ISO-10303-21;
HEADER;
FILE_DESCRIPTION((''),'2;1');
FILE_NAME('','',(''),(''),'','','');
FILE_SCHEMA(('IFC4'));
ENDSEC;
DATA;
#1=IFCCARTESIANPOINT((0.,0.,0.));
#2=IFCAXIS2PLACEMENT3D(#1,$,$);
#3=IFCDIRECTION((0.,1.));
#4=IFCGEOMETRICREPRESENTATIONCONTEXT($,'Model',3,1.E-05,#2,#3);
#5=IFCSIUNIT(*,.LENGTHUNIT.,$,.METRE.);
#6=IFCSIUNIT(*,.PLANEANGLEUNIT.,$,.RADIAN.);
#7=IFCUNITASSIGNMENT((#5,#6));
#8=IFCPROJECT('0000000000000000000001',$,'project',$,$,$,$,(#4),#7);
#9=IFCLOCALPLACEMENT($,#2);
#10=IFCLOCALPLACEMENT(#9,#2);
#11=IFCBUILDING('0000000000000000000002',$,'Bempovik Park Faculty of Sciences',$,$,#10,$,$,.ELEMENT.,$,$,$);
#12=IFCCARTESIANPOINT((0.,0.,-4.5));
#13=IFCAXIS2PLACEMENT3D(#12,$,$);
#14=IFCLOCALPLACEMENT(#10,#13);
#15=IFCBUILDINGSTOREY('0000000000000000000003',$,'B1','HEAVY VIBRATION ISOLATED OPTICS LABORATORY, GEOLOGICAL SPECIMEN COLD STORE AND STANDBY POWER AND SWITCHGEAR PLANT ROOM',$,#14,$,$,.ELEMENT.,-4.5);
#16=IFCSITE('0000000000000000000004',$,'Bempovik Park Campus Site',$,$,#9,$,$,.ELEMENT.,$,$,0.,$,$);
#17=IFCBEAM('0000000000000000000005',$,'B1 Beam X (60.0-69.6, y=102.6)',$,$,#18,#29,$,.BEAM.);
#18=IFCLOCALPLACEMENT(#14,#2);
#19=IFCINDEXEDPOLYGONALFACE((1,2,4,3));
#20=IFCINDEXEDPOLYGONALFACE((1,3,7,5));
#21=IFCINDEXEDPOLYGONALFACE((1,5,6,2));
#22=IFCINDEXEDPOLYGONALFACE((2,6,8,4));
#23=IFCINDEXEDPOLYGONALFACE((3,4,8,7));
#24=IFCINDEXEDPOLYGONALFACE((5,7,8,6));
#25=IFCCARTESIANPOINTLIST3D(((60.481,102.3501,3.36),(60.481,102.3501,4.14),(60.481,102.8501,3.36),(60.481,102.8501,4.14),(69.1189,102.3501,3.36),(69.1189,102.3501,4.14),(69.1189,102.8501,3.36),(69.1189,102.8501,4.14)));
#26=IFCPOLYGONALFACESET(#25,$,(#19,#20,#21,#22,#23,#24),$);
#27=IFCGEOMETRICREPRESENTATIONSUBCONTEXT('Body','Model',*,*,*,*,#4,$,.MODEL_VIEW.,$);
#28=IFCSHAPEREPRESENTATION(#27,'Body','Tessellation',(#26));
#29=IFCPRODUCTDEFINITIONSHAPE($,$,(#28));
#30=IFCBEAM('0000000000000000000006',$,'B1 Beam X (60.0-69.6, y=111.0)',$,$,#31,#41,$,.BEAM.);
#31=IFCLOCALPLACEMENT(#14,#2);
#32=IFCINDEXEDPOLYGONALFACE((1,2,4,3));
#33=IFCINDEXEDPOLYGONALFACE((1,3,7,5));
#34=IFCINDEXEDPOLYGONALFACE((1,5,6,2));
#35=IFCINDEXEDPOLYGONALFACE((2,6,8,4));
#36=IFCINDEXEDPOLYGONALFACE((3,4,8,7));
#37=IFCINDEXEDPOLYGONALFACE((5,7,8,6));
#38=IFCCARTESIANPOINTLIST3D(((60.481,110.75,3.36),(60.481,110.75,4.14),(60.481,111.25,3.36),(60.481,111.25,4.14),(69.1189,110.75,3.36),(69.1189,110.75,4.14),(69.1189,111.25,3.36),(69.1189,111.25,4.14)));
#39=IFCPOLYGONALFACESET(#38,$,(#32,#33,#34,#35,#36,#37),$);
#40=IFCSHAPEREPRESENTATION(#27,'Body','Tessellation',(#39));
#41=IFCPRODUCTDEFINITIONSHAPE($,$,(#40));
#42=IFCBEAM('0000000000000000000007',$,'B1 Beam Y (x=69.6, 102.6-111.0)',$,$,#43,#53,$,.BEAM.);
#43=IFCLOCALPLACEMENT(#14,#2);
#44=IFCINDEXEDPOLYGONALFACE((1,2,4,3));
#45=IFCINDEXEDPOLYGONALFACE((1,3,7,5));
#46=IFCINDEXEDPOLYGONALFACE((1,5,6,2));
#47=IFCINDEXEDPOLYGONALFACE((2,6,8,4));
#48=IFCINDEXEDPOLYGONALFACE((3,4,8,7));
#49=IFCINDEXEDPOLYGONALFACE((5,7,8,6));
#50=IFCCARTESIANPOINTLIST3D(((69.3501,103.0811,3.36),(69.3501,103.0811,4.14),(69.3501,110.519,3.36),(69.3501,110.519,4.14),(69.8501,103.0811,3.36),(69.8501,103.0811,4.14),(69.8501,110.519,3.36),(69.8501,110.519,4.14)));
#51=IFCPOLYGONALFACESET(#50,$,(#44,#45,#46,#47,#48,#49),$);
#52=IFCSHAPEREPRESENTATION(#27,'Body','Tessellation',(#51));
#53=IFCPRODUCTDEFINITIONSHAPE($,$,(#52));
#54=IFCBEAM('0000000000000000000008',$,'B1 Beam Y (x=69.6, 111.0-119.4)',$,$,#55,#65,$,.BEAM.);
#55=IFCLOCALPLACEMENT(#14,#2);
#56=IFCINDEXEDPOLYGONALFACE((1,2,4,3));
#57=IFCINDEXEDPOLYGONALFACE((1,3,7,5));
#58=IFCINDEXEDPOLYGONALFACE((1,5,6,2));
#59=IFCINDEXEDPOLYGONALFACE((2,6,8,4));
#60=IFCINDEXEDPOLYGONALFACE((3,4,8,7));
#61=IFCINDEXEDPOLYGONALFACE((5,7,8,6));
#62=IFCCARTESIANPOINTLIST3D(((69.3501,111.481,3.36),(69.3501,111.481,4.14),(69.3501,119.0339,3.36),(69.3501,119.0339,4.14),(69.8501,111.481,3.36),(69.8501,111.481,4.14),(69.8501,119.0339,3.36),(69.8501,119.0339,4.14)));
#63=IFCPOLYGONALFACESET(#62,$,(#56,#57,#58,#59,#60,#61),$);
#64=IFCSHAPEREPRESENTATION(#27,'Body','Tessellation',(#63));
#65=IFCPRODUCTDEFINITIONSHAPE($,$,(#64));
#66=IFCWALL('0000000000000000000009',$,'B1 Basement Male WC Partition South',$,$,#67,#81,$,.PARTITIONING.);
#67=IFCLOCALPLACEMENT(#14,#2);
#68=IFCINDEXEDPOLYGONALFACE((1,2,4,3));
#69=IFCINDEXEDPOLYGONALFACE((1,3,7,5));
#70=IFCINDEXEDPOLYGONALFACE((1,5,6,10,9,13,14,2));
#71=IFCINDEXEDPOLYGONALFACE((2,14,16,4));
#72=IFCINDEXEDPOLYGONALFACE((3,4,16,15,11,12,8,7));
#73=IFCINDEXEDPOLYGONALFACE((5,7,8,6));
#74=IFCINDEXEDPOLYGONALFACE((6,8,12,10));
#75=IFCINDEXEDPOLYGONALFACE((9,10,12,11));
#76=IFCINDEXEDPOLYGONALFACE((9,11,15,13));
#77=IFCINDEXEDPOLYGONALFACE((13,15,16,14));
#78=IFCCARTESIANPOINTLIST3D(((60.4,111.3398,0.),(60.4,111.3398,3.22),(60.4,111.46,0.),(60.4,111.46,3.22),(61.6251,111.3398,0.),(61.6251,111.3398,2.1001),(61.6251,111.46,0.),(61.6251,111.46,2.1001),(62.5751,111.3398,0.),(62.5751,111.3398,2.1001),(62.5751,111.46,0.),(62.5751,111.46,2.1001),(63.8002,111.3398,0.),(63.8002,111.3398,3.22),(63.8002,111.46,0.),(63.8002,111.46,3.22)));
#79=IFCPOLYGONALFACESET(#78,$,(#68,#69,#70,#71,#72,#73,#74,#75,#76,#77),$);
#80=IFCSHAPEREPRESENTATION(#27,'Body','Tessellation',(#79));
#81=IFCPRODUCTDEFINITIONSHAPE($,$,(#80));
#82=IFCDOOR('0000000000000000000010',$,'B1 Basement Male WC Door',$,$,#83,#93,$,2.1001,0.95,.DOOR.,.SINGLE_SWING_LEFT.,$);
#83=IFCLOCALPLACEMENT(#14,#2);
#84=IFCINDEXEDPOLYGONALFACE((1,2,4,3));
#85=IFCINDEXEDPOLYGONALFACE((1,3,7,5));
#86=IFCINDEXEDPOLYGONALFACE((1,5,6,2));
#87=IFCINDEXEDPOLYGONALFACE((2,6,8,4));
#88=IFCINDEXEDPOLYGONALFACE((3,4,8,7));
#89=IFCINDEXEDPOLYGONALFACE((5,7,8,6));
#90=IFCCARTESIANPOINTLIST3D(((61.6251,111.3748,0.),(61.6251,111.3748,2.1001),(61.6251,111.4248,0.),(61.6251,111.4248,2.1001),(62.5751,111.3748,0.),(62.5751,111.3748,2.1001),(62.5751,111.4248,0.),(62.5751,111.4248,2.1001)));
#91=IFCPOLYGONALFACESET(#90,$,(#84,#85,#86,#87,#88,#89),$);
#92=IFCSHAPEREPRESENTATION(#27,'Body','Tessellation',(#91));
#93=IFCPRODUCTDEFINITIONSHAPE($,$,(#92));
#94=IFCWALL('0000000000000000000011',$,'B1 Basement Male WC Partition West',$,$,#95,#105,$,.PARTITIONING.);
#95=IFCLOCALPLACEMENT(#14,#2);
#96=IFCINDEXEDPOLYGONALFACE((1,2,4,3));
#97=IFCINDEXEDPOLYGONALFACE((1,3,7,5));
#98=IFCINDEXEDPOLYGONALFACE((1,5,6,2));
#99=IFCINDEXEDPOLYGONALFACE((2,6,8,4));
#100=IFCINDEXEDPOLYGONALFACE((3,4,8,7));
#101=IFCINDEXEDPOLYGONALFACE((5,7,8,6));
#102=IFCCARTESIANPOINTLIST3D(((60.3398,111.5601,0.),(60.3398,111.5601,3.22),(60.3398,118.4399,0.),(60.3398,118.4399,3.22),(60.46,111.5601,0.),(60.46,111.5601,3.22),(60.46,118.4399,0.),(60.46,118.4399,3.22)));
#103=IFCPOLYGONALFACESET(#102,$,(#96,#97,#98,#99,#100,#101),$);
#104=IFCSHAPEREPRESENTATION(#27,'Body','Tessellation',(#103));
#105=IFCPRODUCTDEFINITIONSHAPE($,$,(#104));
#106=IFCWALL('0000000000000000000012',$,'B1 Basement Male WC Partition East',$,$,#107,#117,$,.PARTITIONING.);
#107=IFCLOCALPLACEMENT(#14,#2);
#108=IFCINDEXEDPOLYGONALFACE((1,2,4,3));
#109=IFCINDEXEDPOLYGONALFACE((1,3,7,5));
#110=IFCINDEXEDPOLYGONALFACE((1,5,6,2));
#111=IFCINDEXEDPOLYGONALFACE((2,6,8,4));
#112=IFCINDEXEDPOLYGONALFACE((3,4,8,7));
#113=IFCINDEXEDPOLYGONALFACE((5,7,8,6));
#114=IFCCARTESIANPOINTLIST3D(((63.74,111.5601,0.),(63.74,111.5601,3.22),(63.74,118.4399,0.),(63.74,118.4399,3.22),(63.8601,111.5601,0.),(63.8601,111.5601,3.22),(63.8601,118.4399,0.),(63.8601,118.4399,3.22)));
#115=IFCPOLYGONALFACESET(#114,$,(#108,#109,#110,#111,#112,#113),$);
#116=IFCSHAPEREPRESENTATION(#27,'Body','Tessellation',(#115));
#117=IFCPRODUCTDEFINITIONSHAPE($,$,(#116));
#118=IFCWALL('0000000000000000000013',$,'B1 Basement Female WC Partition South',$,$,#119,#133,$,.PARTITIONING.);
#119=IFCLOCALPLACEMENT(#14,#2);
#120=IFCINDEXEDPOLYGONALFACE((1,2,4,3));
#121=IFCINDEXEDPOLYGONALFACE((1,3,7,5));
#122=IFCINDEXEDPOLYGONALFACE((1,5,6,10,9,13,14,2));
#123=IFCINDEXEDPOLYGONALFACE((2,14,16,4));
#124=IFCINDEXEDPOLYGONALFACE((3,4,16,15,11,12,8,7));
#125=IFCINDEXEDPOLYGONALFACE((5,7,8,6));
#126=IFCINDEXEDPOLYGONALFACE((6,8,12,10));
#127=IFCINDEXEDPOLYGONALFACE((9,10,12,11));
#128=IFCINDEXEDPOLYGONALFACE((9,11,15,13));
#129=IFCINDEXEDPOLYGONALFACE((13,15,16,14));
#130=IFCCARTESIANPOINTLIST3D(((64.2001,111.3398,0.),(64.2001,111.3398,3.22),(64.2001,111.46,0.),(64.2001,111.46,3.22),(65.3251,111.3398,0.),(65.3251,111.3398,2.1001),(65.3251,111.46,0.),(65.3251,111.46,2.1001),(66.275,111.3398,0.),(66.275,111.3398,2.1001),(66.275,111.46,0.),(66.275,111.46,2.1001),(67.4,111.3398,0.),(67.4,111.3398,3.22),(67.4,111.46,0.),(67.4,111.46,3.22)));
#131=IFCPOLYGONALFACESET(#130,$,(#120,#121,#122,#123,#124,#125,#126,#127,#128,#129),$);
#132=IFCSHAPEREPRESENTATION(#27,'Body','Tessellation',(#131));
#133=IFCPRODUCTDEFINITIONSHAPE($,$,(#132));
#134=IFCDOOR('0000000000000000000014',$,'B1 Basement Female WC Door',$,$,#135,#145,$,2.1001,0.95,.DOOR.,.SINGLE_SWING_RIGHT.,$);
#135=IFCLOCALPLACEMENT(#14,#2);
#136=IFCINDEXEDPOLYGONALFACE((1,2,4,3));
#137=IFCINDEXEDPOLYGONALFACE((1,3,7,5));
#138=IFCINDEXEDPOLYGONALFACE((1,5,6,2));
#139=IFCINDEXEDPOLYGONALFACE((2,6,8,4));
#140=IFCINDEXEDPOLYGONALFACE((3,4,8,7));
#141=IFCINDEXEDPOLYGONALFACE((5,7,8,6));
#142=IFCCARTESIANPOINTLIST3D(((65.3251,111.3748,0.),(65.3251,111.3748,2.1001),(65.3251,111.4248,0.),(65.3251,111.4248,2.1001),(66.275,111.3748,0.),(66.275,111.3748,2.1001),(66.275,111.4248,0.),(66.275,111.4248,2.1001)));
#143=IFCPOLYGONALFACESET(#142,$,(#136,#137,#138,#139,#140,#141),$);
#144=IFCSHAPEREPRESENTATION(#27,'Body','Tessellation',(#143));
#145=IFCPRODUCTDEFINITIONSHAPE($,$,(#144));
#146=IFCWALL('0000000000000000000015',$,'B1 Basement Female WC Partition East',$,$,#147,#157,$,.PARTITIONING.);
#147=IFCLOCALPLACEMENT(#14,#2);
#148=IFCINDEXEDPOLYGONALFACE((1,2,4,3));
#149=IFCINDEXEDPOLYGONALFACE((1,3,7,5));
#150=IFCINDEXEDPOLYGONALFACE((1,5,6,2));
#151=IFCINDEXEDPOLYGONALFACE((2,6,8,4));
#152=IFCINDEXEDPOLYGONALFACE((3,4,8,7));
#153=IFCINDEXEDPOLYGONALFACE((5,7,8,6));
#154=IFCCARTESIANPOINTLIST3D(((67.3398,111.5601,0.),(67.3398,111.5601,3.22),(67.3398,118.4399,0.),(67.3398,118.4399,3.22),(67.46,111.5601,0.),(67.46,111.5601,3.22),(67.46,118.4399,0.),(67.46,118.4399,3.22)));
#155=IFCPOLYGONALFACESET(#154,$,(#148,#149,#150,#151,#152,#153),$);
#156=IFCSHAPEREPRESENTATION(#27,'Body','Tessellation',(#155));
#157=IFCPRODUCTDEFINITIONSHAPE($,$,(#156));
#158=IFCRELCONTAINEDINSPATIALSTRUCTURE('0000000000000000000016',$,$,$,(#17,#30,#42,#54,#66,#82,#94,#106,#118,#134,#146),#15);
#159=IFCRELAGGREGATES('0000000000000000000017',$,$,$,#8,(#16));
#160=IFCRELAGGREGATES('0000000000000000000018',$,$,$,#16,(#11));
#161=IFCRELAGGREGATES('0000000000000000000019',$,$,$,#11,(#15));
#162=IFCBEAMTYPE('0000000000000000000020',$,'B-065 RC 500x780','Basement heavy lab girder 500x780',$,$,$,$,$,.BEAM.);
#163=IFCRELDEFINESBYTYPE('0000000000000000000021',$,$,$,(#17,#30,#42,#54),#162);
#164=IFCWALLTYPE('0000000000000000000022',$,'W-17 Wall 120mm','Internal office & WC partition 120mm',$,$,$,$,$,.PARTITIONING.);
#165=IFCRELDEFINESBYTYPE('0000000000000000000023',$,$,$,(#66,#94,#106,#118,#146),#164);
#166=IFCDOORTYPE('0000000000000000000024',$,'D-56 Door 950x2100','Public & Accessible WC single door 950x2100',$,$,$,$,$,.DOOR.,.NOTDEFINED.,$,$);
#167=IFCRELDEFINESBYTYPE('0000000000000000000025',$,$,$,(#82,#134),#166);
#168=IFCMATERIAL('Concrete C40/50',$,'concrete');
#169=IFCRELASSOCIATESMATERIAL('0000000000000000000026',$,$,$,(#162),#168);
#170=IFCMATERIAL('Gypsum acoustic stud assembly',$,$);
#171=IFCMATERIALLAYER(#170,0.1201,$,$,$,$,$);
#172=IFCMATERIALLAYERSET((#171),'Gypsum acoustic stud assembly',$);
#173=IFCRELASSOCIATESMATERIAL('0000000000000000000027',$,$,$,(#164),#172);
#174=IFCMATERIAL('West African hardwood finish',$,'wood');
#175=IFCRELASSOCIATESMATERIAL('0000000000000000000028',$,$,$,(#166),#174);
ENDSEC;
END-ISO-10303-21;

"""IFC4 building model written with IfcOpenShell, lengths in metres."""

from ifc_helpers import new_model, si_unit, direction, frame, frame_2d, origin, origin_2d, place, context, subcontext, project, spatial, rectangle, extrude, material, layer, layer_set, material_profile, profile_set, type_object, element, fill, save


model = new_model("IFC4")

# Units and contexts
model_context = context("Model", 3, precision=1e-05, world=origin(), true_north=direction((0.0, 1.0)))
body_context = subcontext(model_context, "Body", "Model", "MODEL_VIEW")
ifc_project = project(units=[si_unit("LENGTHUNIT", "METRE"), si_unit("PLANEANGLEUNIT", "RADIAN")], contexts=[model_context])

# Site, building, storey
site_placement = place(None, origin())
site = spatial("IfcSite", under=ifc_project, at=site_placement, Name="Bempovik Park Campus Site", CompositionType="ELEMENT", RefElevation=0.0)
building_placement = place(site_placement, origin())
building = spatial("IfcBuilding", under=site, at=building_placement, Name="Bempovik Park Faculty of Sciences", CompositionType="ELEMENT")
storey_placement = place(building_placement, frame((0.0, 0.0, -4.5)))
storey = spatial("IfcBuildingStorey", under=building, at=storey_placement, Name="B1", Description="HEAVY VIBRATION ISOLATED OPTICS LABORATORY, GEOLOGICAL SPECIMEN COLD STORE AND STANDBY POWER AND SWITCHGEAR PLANT ROOM", CompositionType="ELEMENT", Elevation=-4.5)

# Shared definitions
ifc_material_1 = material(Name="Concrete C40/50", Category="concrete")

# Beams
ifc_material_profile_1 = material_profile(ifc_material_1, rectangle(XDim=0.5, YDim=0.78, at=origin_2d()), Name="RC 500x780")
ifc_profile_set_1 = profile_set([ifc_material_profile_1], Name="Concrete C40/50")
beam_type_1 = type_object("IfcBeamType", Name="B-065 RC 500x780", Description="Basement heavy lab girder 500x780", PredefinedType="BEAM", material=ifc_profile_set_1)
for number, where, z_axis, x_axis, name in (
    (1, (60.481, 102.6001, 3.75), (1.0, 0.0, 0.0), (0.0, 1.0, 0.0), "B1 Beam X (60.0-69.6, y=102.6)"),
    (2, (60.481, 111.0, 3.75), (1.0, 0.0, 0.0), (0.0, 1.0, 0.0), "B1 Beam X (60.0-69.6, y=111.0)"),
):
    element("IfcBeam", number, at=place(storey_placement, frame(where, z_axis=z_axis, x_axis=x_axis)), inside=storey, type_object=beam_type_1, Name=name, PredefinedType="BEAM", context=body_context, shape_type="SweptSolid", body=[
        extrude(rectangle(XDim=0.5, YDim=0.78, at=origin_2d()), origin(), (0.0, 0.0, 1.0), 8.6379),
    ])
beam_1_placement = place(storey_placement, frame((69.6001, 103.0811, 3.75), z_axis=(0.0, 1.0, 0.0), x_axis=(-1.0, 0.0, 0.0)))
element("IfcBeam", 3, at=beam_1_placement, inside=storey, type_object=beam_type_1, Name="B1 Beam Y (x=69.6, 102.6-111.0)", PredefinedType="BEAM", context=body_context, shape_type="SweptSolid", body=[
    extrude(rectangle(XDim=0.5, YDim=0.78, at=origin_2d()), origin(), (0.0, 0.0, 1.0), 7.438),
])
beam_2_placement = place(storey_placement, frame((69.6001, 111.481, 3.75), z_axis=(0.0, 1.0, 0.0), x_axis=(-1.0, 0.0, 0.0)))
element("IfcBeam", 4, at=beam_2_placement, inside=storey, type_object=beam_type_1, Name="B1 Beam Y (x=69.6, 111.0-119.4)", PredefinedType="BEAM", context=body_context, shape_type="SweptSolid", body=[
    extrude(rectangle(XDim=0.5, YDim=0.78, at=origin_2d()), origin(), (0.0, 0.0, 1.0), 7.553),
])

# Wall, opening, door
ifc_material_2 = material(Name="Gypsum acoustic stud assembly")
ifc_layer = layer(ifc_material_2, 0.1201)
ifc_layer_set = layer_set([ifc_layer], Name="Gypsum acoustic stud assembly")
wall_type = type_object("IfcWallType", Name="W-17 Wall 120mm", Description="Internal office & WC partition 120mm", PredefinedType="PARTITIONING", material=ifc_layer_set)
wall_1_placement = place(storey_placement, frame((60.3999, 111.3999, 0.0), z_axis=(0.0, 0.0, 1.0), x_axis=(1.0, 0.0, 0.0)))
wall_1 = element("IfcWall", 5, at=wall_1_placement, inside=storey, type_object=wall_type, Name="B1 Basement Male WC Partition South", PredefinedType="PARTITIONING", context=body_context, shape_type="SweptSolid", body=[
    extrude(rectangle(XDim=3.4001, YDim=0.1201, at=frame_2d((1.7002, 0.0))), origin(), (0.0, 0.0, 1.0), 3.22),
])
opening_1_placement = place(wall_1_placement, frame((1.2251, 0.0, 0.0)))
opening_1 = element("IfcOpeningElement", 6, at=opening_1_placement, cuts=wall_1, PredefinedType="OPENING", context=body_context, shape_type="SweptSolid", body=[
    extrude(rectangle(XDim=0.95, YDim=2.1001, at=frame_2d((0.4751, 1.05))), frame((0.0, 0.0701, 0.0), z_axis=(0.0, -1.0, 0.0), x_axis=(1.0, 0.0, 0.0)), (0.0, 0.0, 1.0), 0.1401),
])
ifc_material_3 = material(Name="West African hardwood finish", Category="wood")
door_type_1 = type_object("IfcDoorType", Name="D-56 Door 950x2100", Description="Public & Accessible WC single door 950x2100", OperationType="NOTDEFINED", PredefinedType="DOOR", material=ifc_material_3)
door_1_placement = place(opening_1_placement, origin())
door_1 = element("IfcDoor", 7, at=door_1_placement, inside=storey, type_object=door_type_1, Name="B1 Basement Male WC Door", OperationType="SINGLE_SWING_LEFT", OverallHeight=2.1001, OverallWidth=0.95, PredefinedType="DOOR", context=body_context, shape_type="SweptSolid", body=[
    extrude(rectangle(XDim=0.95, YDim=2.1001, at=frame_2d((0.4751, 1.05))), frame((0.0, 0.0249, 0.0), z_axis=(0.0, -1.0, 0.0), x_axis=(1.0, 0.0, 0.0)), (0.0, 0.0, 1.0), 0.05),
])
fill(opening_1, door_1)

# Walls
for number, where, z_axis, x_axis, name in (
    (8, (60.3999, 111.5601, 0.0), (0.0, 0.0, 1.0), (0.0, 1.0, 0.0), "B1 Basement Male WC Partition West"),
    (9, (63.8, 111.5601, 0.0), (0.0, 0.0, 1.0), (0.0, 1.0, 0.0), "B1 Basement Male WC Partition East"),
):
    element("IfcWall", number, at=place(storey_placement, frame(where, z_axis=z_axis, x_axis=x_axis)), inside=storey, type_object=wall_type, Name=name, PredefinedType="PARTITIONING", context=body_context, shape_type="SweptSolid", body=[
        extrude(rectangle(XDim=6.8799, YDim=0.1201, at=frame_2d((3.4399, 0.0))), origin(), (0.0, 0.0, 1.0), 3.22),
    ])

# Wall, opening, door
wall_2_placement = place(storey_placement, frame((64.2, 111.3999, 0.0), z_axis=(0.0, 0.0, 1.0), x_axis=(1.0, 0.0, 0.0)))
wall_2 = element("IfcWall", 10, at=wall_2_placement, inside=storey, type_object=wall_type, Name="B1 Basement Female WC Partition South", PredefinedType="PARTITIONING", context=body_context, shape_type="SweptSolid", body=[
    extrude(rectangle(XDim=3.2, YDim=0.1201, at=frame_2d((1.6001, 0.0))), origin(), (0.0, 0.0, 1.0), 3.22),
])
opening_2_placement = place(wall_2_placement, frame((1.125, 0.0, 0.0)))
opening_2 = element("IfcOpeningElement", 11, at=opening_2_placement, cuts=wall_2, PredefinedType="OPENING", context=body_context, shape_type="SweptSolid", body=[
    extrude(rectangle(XDim=0.95, YDim=2.1001, at=frame_2d((0.4751, 1.05))), frame((0.0, 0.0701, 0.0), z_axis=(0.0, -1.0, 0.0), x_axis=(1.0, 0.0, 0.0)), (0.0, 0.0, 1.0), 0.1401),
])
door_2_placement = place(opening_2_placement, origin())
door_2 = element("IfcDoor", 12, at=door_2_placement, inside=storey, type_object=door_type_1, Name="B1 Basement Female WC Door", OperationType="SINGLE_SWING_RIGHT", OverallHeight=2.1001, OverallWidth=0.95, PredefinedType="DOOR", context=body_context, shape_type="SweptSolid", body=[
    extrude(rectangle(XDim=0.95, YDim=2.1001, at=frame_2d((0.4751, 1.05))), frame((0.0, 0.0249, 0.0), z_axis=(0.0, -1.0, 0.0), x_axis=(1.0, 0.0, 0.0)), (0.0, 0.0, 1.0), 0.05),
])
fill(opening_2, door_2)

# Wall
wall_3_placement = place(storey_placement, frame((67.3999, 111.5601, 0.0), z_axis=(0.0, 0.0, 1.0), x_axis=(0.0, 1.0, 0.0)))
element("IfcWall", 13, at=wall_3_placement, inside=storey, type_object=wall_type, Name="B1 Basement Female WC Partition East", PredefinedType="PARTITIONING", context=body_context, shape_type="SweptSolid", body=[
    extrude(rectangle(XDim=6.8799, YDim=0.1201, at=frame_2d((3.4399, 0.0))), origin(), (0.0, 0.0, 1.0), 3.22),
])

save(model, "model.ifc")
